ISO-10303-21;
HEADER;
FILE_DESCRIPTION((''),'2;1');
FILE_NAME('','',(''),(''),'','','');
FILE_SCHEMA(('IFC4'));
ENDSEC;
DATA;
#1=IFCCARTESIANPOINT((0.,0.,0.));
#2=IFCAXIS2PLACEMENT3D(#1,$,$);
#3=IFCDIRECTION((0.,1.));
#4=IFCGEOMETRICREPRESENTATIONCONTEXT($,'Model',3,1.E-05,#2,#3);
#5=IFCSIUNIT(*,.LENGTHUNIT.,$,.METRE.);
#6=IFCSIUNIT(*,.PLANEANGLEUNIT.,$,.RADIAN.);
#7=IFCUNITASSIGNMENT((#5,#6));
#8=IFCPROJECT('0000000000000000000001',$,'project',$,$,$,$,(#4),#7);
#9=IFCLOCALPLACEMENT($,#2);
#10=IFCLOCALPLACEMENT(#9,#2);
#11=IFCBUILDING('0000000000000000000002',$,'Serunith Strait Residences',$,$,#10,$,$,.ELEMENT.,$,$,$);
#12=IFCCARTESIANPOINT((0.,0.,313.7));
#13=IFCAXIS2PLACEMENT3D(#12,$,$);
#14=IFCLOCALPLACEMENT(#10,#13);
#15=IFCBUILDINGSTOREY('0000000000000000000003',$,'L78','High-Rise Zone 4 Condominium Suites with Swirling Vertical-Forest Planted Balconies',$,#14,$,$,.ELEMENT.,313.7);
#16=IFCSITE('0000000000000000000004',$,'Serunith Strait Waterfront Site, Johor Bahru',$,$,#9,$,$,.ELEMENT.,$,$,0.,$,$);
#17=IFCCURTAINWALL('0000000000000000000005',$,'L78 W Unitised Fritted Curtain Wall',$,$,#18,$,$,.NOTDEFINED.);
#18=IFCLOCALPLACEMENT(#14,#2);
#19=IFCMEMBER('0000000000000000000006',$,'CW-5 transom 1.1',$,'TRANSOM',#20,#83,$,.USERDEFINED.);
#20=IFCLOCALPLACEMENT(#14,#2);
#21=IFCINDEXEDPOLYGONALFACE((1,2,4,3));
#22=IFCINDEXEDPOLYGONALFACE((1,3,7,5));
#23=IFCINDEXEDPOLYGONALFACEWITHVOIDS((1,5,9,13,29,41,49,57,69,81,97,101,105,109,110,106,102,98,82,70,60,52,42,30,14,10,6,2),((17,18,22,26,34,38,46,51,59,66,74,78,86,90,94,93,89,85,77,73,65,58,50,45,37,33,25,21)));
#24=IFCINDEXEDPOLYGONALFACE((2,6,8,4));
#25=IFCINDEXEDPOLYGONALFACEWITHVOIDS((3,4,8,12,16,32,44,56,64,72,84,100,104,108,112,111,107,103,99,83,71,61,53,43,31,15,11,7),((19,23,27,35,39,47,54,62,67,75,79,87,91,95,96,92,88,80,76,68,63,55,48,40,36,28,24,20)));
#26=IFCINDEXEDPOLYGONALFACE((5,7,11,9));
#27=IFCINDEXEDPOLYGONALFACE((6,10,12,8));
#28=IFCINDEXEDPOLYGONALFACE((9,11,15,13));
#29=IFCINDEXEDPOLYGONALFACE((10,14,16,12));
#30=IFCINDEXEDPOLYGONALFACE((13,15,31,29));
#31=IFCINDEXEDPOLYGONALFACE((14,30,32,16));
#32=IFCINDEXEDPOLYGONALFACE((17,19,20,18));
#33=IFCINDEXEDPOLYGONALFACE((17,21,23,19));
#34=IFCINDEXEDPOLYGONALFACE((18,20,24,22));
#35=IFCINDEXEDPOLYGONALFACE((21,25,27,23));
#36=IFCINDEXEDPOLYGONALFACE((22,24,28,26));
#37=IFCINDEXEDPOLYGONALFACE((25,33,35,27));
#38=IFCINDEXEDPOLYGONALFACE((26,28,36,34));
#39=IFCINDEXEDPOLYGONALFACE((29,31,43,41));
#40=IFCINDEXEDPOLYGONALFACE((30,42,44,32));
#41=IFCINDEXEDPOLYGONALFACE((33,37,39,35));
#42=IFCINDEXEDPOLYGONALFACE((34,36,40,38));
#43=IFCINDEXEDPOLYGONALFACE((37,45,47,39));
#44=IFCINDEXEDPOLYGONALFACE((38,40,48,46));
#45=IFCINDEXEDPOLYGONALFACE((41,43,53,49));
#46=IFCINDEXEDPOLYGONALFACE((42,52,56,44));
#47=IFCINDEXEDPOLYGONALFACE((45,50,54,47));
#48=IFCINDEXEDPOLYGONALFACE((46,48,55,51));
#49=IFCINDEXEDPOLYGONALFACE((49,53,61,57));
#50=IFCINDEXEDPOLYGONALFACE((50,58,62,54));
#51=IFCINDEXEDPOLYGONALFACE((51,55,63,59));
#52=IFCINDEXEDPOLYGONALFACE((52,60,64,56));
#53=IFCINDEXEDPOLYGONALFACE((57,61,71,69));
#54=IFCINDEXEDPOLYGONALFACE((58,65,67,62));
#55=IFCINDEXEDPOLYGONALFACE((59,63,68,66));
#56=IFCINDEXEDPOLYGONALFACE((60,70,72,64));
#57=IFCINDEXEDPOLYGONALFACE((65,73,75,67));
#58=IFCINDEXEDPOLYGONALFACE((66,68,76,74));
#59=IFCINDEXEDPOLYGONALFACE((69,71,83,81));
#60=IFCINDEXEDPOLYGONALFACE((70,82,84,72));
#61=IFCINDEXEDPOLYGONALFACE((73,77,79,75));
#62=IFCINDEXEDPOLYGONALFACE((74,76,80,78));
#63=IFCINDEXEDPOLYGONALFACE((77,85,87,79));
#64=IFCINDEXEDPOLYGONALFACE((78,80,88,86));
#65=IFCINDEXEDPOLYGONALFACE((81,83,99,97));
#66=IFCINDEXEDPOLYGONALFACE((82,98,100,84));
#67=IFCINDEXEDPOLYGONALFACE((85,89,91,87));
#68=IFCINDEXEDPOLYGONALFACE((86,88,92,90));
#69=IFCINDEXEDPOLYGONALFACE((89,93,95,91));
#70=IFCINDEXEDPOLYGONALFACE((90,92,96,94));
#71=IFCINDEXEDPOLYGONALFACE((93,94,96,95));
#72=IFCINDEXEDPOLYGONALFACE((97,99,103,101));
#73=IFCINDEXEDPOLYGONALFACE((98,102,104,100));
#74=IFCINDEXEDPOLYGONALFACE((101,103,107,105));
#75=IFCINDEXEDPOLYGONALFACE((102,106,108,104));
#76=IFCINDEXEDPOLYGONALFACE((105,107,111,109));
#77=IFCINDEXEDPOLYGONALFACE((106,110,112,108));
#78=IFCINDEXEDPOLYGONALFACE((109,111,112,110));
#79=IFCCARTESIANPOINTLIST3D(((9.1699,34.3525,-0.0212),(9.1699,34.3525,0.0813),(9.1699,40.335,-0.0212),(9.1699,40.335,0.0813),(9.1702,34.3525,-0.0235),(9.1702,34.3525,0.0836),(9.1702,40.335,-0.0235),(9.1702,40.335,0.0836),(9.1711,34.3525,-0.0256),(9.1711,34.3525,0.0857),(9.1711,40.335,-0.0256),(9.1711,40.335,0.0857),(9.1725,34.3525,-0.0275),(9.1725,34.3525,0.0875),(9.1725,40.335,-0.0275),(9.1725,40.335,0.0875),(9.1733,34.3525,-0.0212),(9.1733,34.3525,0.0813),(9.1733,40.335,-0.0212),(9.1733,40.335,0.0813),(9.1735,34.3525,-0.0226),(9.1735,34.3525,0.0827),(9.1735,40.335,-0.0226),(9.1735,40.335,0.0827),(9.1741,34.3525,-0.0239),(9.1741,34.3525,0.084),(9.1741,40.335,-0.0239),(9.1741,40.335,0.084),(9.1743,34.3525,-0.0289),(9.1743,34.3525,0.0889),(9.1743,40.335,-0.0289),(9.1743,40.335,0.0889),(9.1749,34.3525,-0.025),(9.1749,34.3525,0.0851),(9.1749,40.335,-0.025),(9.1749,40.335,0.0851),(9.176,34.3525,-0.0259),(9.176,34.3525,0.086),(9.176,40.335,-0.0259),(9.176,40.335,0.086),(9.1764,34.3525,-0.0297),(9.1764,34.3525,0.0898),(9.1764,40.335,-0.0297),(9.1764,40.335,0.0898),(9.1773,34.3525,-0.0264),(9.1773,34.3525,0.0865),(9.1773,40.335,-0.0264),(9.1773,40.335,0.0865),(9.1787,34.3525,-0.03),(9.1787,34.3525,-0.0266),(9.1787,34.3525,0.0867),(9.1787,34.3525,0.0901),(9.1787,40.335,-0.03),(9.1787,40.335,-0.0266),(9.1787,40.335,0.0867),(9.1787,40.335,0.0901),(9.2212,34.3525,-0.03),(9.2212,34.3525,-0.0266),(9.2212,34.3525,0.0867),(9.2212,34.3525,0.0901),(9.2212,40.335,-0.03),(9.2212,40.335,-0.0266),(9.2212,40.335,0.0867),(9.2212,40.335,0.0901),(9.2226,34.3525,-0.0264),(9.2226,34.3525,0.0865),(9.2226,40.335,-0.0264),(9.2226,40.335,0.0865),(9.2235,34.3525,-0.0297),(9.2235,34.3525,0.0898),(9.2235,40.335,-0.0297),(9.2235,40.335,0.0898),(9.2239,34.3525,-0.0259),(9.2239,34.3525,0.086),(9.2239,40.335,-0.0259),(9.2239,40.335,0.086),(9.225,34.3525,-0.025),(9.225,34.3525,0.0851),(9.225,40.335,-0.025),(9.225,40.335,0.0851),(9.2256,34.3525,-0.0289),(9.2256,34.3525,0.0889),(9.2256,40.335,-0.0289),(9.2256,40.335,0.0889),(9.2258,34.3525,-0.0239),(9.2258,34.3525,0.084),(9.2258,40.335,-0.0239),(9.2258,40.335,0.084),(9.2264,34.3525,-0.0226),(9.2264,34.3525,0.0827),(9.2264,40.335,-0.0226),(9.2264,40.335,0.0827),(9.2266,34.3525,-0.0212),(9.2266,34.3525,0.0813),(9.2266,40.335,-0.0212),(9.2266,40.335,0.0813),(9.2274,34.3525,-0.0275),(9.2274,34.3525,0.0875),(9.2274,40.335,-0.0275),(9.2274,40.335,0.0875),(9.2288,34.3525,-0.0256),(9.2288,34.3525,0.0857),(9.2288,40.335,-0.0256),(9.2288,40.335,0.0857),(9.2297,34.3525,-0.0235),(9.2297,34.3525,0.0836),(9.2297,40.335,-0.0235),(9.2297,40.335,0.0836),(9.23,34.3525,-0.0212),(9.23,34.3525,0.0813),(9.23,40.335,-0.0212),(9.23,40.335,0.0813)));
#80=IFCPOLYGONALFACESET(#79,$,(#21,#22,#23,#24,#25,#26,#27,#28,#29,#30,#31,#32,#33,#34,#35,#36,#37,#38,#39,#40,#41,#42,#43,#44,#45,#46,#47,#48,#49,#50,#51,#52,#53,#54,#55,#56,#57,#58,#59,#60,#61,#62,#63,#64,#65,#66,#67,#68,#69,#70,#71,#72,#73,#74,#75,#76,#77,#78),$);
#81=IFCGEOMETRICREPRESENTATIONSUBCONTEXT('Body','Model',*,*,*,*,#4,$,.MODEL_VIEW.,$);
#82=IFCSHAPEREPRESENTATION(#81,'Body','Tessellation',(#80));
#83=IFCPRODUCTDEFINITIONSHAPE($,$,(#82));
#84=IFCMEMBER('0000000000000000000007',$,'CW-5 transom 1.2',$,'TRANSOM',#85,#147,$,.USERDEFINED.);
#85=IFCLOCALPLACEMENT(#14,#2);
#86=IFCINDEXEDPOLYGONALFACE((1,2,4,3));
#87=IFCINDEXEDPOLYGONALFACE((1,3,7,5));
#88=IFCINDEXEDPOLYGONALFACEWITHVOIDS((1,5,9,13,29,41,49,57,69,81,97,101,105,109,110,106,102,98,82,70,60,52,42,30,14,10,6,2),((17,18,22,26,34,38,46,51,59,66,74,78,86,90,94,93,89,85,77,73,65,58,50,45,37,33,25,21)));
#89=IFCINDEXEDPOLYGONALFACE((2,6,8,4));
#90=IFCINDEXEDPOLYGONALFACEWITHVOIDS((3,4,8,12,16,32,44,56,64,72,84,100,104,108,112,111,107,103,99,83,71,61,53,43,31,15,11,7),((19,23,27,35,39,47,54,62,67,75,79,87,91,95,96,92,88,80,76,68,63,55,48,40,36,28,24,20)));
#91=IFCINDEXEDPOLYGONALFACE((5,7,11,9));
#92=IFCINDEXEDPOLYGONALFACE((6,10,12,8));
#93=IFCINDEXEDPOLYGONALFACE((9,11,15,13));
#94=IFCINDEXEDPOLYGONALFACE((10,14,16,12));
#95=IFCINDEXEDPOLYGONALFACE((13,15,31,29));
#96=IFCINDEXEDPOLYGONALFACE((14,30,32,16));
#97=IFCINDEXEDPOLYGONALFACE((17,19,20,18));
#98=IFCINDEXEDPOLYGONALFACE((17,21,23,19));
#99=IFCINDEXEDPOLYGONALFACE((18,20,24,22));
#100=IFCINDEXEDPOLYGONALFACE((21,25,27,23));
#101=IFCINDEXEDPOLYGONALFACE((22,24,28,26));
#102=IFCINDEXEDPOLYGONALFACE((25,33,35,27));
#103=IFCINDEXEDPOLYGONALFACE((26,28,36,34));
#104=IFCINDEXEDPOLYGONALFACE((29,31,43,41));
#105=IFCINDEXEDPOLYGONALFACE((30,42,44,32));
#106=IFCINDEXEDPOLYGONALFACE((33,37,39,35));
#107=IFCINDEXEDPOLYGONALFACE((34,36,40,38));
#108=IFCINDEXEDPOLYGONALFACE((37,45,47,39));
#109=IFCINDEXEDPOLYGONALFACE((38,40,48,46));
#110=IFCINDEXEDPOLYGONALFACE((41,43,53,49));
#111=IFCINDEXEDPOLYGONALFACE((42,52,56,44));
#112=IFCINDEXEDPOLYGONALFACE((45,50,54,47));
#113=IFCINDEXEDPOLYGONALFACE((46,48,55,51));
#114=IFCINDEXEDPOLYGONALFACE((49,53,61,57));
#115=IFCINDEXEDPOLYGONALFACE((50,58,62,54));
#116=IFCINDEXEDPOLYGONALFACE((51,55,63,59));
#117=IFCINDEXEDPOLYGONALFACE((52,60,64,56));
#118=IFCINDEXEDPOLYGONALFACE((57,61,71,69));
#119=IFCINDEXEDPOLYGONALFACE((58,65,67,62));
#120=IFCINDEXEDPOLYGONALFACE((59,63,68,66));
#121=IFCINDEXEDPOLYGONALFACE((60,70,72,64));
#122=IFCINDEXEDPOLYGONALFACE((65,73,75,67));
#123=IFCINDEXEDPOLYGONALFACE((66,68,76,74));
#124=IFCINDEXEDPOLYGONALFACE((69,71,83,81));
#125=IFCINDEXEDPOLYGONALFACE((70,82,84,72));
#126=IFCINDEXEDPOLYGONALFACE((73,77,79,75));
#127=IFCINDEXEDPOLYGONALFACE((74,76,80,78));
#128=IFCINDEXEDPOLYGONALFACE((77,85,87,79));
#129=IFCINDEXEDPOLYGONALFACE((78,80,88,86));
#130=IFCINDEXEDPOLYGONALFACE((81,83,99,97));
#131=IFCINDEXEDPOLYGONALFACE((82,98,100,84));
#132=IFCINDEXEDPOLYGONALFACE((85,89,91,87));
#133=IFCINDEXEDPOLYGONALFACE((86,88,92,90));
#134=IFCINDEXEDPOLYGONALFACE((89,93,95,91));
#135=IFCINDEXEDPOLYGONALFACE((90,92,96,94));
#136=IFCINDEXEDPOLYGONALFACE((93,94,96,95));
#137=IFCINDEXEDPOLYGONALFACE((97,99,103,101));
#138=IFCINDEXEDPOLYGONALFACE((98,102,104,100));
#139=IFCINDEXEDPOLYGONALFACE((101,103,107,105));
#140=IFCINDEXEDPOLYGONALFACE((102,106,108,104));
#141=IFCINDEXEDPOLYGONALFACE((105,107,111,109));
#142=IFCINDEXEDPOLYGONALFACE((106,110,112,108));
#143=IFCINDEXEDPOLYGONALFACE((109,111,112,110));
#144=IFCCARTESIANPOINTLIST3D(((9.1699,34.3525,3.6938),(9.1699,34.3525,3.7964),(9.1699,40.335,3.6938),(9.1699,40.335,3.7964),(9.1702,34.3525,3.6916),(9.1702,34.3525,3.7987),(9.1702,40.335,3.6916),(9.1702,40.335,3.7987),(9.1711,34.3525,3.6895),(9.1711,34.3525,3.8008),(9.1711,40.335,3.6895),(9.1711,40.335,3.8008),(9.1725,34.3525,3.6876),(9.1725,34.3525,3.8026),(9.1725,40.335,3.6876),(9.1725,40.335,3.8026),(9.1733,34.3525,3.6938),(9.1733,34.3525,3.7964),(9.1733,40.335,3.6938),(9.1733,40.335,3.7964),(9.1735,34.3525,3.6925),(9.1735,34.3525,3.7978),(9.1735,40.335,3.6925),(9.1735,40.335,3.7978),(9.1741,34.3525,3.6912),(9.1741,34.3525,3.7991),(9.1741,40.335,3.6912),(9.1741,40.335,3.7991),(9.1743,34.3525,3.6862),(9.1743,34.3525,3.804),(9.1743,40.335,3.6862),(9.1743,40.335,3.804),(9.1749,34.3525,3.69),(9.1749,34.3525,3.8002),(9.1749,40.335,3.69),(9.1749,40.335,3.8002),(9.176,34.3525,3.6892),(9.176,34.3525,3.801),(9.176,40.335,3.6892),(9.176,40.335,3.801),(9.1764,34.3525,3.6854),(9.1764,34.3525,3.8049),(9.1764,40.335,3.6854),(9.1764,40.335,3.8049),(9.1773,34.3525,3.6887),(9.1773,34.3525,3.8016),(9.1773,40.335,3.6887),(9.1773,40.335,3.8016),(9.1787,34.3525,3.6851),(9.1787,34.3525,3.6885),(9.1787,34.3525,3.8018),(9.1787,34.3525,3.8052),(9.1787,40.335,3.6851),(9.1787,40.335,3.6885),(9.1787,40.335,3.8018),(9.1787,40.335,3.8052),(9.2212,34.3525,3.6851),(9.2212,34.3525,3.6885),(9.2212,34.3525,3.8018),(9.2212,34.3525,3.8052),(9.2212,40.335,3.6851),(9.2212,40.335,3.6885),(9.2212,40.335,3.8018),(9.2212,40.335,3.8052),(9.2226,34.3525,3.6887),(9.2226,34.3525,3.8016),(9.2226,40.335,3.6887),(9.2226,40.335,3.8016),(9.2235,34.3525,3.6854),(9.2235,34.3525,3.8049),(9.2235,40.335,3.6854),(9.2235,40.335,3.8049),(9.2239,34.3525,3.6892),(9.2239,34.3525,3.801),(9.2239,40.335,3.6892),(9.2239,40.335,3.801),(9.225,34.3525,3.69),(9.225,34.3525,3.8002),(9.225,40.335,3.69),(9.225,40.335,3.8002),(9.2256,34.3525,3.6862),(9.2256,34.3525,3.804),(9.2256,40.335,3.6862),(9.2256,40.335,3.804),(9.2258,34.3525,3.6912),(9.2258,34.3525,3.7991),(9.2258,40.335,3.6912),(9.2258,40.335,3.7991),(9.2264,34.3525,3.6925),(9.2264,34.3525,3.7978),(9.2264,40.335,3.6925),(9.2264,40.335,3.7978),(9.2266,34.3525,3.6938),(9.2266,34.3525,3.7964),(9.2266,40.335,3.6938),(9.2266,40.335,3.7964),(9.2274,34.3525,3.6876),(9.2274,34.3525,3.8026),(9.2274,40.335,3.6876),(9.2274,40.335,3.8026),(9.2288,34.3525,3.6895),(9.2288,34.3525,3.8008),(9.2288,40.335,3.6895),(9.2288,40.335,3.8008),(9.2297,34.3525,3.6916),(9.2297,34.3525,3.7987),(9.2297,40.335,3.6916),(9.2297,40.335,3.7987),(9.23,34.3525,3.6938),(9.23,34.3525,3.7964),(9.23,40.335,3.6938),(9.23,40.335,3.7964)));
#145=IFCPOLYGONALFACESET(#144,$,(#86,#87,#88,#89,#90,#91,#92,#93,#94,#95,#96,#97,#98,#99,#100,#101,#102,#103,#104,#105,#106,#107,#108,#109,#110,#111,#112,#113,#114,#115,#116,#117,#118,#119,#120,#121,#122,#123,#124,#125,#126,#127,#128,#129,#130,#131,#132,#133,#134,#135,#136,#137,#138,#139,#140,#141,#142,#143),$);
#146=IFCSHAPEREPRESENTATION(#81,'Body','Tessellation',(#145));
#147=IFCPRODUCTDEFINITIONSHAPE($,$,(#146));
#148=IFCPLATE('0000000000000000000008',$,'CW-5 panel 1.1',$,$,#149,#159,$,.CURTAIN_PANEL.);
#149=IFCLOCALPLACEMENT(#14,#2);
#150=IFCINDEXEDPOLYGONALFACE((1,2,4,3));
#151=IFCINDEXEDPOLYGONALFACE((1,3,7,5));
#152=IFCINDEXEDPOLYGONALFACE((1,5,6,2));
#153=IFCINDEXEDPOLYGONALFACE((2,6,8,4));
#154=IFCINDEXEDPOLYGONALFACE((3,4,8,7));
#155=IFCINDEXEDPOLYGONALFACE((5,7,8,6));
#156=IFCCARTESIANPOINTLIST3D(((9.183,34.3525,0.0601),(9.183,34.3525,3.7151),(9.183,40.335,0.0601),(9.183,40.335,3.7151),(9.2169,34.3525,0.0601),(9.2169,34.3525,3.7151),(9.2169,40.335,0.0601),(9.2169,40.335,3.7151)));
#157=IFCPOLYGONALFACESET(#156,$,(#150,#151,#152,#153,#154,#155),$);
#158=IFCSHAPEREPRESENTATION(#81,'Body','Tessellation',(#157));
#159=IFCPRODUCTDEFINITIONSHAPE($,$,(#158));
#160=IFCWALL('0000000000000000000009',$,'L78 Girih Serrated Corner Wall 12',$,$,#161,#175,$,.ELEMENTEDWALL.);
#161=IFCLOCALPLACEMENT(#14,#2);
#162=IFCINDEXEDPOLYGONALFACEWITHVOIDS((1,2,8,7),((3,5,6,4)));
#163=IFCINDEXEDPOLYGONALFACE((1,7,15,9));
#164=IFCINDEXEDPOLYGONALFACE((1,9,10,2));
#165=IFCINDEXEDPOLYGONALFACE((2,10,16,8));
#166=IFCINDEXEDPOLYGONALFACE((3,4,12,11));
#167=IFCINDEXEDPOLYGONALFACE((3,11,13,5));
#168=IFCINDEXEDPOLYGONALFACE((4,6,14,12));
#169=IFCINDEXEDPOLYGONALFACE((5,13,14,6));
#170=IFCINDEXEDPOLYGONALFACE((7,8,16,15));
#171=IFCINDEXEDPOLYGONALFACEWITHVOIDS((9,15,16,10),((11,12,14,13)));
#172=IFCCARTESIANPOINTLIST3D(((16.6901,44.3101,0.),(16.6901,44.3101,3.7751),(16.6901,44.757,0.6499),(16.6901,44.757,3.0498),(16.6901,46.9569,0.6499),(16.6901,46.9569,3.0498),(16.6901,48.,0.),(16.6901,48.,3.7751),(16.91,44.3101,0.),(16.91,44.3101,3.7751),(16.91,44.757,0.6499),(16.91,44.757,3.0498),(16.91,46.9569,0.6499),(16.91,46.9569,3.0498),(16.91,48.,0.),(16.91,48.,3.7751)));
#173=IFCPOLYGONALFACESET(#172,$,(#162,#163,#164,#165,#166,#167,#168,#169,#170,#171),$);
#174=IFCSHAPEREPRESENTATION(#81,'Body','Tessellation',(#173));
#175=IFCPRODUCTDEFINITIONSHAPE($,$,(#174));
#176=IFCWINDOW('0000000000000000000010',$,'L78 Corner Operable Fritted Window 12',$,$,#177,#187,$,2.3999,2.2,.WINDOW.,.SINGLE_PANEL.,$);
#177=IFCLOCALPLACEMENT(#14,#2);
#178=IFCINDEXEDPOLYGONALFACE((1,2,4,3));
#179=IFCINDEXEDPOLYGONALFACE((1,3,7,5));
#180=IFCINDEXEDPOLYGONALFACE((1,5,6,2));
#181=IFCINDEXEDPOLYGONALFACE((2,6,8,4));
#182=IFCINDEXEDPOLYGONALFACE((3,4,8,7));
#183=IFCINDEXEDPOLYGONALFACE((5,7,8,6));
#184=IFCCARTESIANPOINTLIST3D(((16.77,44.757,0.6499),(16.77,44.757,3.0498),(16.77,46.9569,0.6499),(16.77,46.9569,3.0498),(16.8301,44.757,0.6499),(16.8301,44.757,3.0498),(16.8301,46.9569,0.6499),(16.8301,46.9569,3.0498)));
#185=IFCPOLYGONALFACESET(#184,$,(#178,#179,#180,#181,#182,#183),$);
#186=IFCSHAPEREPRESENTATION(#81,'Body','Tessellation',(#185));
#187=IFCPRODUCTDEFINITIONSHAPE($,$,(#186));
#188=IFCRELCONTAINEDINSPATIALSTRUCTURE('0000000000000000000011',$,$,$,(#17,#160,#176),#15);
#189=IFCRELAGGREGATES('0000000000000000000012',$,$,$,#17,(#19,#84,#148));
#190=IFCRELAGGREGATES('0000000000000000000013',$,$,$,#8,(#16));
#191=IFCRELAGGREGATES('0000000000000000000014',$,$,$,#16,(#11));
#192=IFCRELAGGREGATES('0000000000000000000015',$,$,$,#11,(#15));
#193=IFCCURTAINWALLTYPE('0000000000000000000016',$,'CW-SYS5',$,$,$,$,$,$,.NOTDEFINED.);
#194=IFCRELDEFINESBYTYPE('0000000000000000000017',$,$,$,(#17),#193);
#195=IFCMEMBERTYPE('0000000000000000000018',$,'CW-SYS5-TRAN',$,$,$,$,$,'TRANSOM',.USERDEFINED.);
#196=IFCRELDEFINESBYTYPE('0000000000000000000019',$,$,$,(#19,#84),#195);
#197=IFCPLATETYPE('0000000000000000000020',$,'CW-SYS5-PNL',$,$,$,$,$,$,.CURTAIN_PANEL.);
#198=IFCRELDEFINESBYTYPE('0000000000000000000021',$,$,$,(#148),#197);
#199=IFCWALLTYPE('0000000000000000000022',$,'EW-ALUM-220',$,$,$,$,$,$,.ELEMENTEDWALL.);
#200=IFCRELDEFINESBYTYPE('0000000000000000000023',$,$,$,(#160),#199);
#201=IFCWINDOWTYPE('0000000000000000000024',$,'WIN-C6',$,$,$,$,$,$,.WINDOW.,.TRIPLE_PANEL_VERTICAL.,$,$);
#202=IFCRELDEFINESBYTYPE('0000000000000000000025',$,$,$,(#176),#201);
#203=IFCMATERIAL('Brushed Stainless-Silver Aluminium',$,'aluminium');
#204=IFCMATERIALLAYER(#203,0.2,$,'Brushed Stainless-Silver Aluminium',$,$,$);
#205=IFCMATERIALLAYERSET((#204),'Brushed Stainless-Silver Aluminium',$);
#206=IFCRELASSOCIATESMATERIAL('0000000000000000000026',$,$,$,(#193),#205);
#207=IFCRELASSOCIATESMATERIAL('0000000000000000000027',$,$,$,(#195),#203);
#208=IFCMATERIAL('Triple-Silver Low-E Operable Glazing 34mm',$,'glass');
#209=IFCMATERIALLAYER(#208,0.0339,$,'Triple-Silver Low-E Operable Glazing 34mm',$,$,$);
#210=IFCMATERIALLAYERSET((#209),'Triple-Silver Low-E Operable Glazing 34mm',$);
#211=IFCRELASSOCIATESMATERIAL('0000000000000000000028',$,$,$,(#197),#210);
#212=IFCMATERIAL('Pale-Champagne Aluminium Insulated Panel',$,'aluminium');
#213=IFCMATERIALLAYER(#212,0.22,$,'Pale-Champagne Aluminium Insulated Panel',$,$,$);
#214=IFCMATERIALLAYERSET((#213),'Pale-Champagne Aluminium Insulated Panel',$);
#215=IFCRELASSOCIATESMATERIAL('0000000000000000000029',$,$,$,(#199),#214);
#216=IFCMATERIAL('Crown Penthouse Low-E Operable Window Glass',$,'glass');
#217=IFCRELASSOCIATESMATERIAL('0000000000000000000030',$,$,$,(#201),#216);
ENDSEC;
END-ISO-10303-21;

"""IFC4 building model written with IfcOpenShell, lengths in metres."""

from ifc_helpers import new_model, si_unit, direction, frame, frame_2d, origin, origin_2d, place, context, subcontext, project, spatial, rectangle, hollow_rectangle, extrude, source, transform, mapped, material, layer, layer_set, material_profile, profile_set, type_object, element, fill, aggregate, save


model = new_model("IFC4")

# Units and contexts
model_context = context("Model", 3, precision=1e-05, world=origin(), true_north=direction((0.0, 1.0)))
body_context = subcontext(model_context, "Body", "Model", "MODEL_VIEW")
ifc_project = project(units=[si_unit("LENGTHUNIT", "METRE"), si_unit("PLANEANGLEUNIT", "RADIAN")], contexts=[model_context])

# Site, building, storey
site_placement = place(None, origin())
site = spatial("IfcSite", under=ifc_project, at=site_placement, Name="Serunith Strait Waterfront Site, Johor Bahru", CompositionType="ELEMENT", RefElevation=0.0)
building_placement = place(site_placement, origin())
building = spatial("IfcBuilding", under=site, at=building_placement, Name="Serunith Strait Residences", CompositionType="ELEMENT")
storey_placement = place(building_placement, frame((0.0, 0.0, 313.7)))
storey = spatial("IfcBuildingStorey", under=building, at=storey_placement, Name="L78", Description="High-Rise Zone 4 Condominium Suites with Swirling Vertical-Forest Planted Balconies", CompositionType="ELEMENT", Elevation=313.7)

# Shared definitions
ifc_material_1 = material(Name="Brushed Stainless-Silver Aluminium", Category="aluminium")
ifc_layer_1 = layer(ifc_material_1, 0.2, Name="Brushed Stainless-Silver Aluminium")
ifc_layer_set_1 = layer_set([ifc_layer_1], Name="Brushed Stainless-Silver Aluminium")
curtain_wall_type = type_object("IfcCurtainWallType", Name="CW-SYS5", PredefinedType="NOTDEFINED", material=ifc_layer_set_1)

# Curtain wall, members, plate
curtain_wall_1_placement = place(storey_placement, origin())
curtain_wall_1 = element("IfcCurtainWall", 1, at=curtain_wall_1_placement, inside=storey, type_object=curtain_wall_type, Name="L78 W Unitised Fritted Curtain Wall", PredefinedType="NOTDEFINED")
ifc_material_profile_1 = material_profile(ifc_material_1, hollow_rectangle(XDim=0.0601, YDim=0.1201, WallThickness=0.0034, InnerFilletRadius=0.0054, OuterFilletRadius=0.0088, at=origin_2d()), Name="ALU 120x60x3.5")
ifc_profile_set_1 = profile_set([ifc_material_profile_1], Name="Brushed Stainless-Silver Aluminium")
member_type_1 = type_object("IfcMemberType", Name="CW-SYS5-TRAN", ElementType="TRANSOM", PredefinedType="USERDEFINED", material=ifc_profile_set_1)
shared_shape_1 = source(origin(), body_context, "Body", "SweptSolid", [
    extrude(hollow_rectangle(XDim=0.0601, YDim=0.1201, WallThickness=0.0034, InnerFilletRadius=0.0054, OuterFilletRadius=0.0088, at=origin_2d()), origin(), (0.0, 0.0, 1.0), 5.9824),
])
member_1_placement = place(storey_placement, frame((9.2, 40.335, 0.03), z_axis=(0.0, -1.0, 0.0), x_axis=(1.0, 0.0, 0.0)))
member_1 = element("IfcMember", 2, at=member_1_placement, type_object=member_type_1, Name="CW-5 transom 1.1", ObjectType="TRANSOM", PredefinedType="USERDEFINED", context=body_context, shape_type="MappedRepresentation", body=[
    mapped(shared_shape_1, transform((0.0, 0.0, 0.0), scale=1.0)),
])
member_2_placement = place(storey_placement, frame((9.2, 40.335, 3.7451), z_axis=(0.0, -1.0, 0.0), x_axis=(1.0, 0.0, 0.0)))
member_2 = element("IfcMember", 3, at=member_2_placement, type_object=member_type_1, Name="CW-5 transom 1.2", ObjectType="TRANSOM", PredefinedType="USERDEFINED", context=body_context, shape_type="MappedRepresentation", body=[
    mapped(shared_shape_1, transform((0.0, 0.0, 0.0), scale=1.0)),
])
ifc_material_2 = material(Name="Triple-Silver Low-E Operable Glazing 34mm", Category="glass")
ifc_layer_2 = layer(ifc_material_2, 0.0339, Name="Triple-Silver Low-E Operable Glazing 34mm")
ifc_layer_set_2 = layer_set([ifc_layer_2], Name="Triple-Silver Low-E Operable Glazing 34mm")
plate_type = type_object("IfcPlateType", Name="CW-SYS5-PNL", PredefinedType="CURTAIN_PANEL", material=ifc_layer_set_2)
shared_shape_2 = source(origin(), body_context, "Body", "SweptSolid", [
    extrude(rectangle(XDim=5.9824, YDim=0.0339, at=origin_2d()), origin(), (0.0, 0.0, 1.0), 3.655),
])
plate_placement = place(storey_placement, frame((9.2, 37.3438, 0.0601), z_axis=(0.0, 0.0, 1.0), x_axis=(0.0, -1.0, 0.0)))
plate = element("IfcPlate", 4, at=plate_placement, type_object=plate_type, Name="CW-5 panel 1.1", PredefinedType="CURTAIN_PANEL", context=body_context, shape_type="MappedRepresentation", body=[
    mapped(shared_shape_2, transform((0.0, 0.0, 0.0), scale=1.0)),
])
aggregate(curtain_wall_1, [member_1, member_2, plate])

# Wall, opening, window
ifc_material_3 = material(Name="Pale-Champagne Aluminium Insulated Panel", Category="aluminium")
ifc_layer_3 = layer(ifc_material_3, 0.22, Name="Pale-Champagne Aluminium Insulated Panel")
ifc_layer_set_3 = layer_set([ifc_layer_3], Name="Pale-Champagne Aluminium Insulated Panel")
wall_type_1 = type_object("IfcWallType", Name="EW-ALUM-220", PredefinedType="ELEMENTEDWALL", material=ifc_layer_set_3)
wall_1_placement = place(storey_placement, frame((16.8, 48.0, 0.0), z_axis=(0.0, 0.0, 1.0), x_axis=(0.0, -1.0, 0.0)))
wall_1 = element("IfcWall", 5, at=wall_1_placement, inside=storey, type_object=wall_type_1, Name="L78 Girih Serrated Corner Wall 12", PredefinedType="ELEMENTEDWALL", context=body_context, shape_type="SweptSolid", body=[
    extrude(rectangle(XDim=3.6899, YDim=0.22, at=frame_2d((1.845, 0.0))), origin(), (0.0, 0.0, 1.0), 3.7751),
])
opening_1_placement = place(wall_1_placement, frame((1.043, 0.0, 0.6499)))
opening_1 = element("IfcOpeningElement", 6, at=opening_1_placement, cuts=wall_1, PredefinedType="OPENING", context=body_context, shape_type="SweptSolid", body=[
    extrude(rectangle(XDim=2.2, YDim=2.3999, at=frame_2d((1.1001, 1.2))), frame((0.0, 0.1201, 0.0), z_axis=(0.0, -1.0, 0.0), x_axis=(1.0, 0.0, 0.0)), (0.0, 0.0, 1.0), 0.24),
])
ifc_material_4 = material(Name="Crown Penthouse Low-E Operable Window Glass", Category="glass")
window_type = type_object("IfcWindowType", Name="WIN-C6", PartitioningType="TRIPLE_PANEL_VERTICAL", PredefinedType="WINDOW", material=ifc_material_4)
shared_shape_3 = source(origin(), body_context, "Body", "SweptSolid", [
    extrude(rectangle(XDim=2.2, YDim=2.3999, at=frame_2d((1.1001, 1.2))), frame((0.0, 0.03, 0.0), z_axis=(0.0, -1.0, 0.0), x_axis=(1.0, 0.0, 0.0)), (0.0, 0.0, 1.0), 0.0601),
])
window_1_placement = place(opening_1_placement, origin())
window_1 = element("IfcWindow", 7, at=window_1_placement, inside=storey, type_object=window_type, Name="L78 Corner Operable Fritted Window 12", OverallHeight=2.3999, OverallWidth=2.2, PartitioningType="SINGLE_PANEL", PredefinedType="WINDOW", context=body_context, shape_type="MappedRepresentation", body=[
    mapped(shared_shape_3, transform((0.0, 0.0, 0.0), scale=1.0)),
])
fill(opening_1, window_1)

save(model, "model.ifc")
